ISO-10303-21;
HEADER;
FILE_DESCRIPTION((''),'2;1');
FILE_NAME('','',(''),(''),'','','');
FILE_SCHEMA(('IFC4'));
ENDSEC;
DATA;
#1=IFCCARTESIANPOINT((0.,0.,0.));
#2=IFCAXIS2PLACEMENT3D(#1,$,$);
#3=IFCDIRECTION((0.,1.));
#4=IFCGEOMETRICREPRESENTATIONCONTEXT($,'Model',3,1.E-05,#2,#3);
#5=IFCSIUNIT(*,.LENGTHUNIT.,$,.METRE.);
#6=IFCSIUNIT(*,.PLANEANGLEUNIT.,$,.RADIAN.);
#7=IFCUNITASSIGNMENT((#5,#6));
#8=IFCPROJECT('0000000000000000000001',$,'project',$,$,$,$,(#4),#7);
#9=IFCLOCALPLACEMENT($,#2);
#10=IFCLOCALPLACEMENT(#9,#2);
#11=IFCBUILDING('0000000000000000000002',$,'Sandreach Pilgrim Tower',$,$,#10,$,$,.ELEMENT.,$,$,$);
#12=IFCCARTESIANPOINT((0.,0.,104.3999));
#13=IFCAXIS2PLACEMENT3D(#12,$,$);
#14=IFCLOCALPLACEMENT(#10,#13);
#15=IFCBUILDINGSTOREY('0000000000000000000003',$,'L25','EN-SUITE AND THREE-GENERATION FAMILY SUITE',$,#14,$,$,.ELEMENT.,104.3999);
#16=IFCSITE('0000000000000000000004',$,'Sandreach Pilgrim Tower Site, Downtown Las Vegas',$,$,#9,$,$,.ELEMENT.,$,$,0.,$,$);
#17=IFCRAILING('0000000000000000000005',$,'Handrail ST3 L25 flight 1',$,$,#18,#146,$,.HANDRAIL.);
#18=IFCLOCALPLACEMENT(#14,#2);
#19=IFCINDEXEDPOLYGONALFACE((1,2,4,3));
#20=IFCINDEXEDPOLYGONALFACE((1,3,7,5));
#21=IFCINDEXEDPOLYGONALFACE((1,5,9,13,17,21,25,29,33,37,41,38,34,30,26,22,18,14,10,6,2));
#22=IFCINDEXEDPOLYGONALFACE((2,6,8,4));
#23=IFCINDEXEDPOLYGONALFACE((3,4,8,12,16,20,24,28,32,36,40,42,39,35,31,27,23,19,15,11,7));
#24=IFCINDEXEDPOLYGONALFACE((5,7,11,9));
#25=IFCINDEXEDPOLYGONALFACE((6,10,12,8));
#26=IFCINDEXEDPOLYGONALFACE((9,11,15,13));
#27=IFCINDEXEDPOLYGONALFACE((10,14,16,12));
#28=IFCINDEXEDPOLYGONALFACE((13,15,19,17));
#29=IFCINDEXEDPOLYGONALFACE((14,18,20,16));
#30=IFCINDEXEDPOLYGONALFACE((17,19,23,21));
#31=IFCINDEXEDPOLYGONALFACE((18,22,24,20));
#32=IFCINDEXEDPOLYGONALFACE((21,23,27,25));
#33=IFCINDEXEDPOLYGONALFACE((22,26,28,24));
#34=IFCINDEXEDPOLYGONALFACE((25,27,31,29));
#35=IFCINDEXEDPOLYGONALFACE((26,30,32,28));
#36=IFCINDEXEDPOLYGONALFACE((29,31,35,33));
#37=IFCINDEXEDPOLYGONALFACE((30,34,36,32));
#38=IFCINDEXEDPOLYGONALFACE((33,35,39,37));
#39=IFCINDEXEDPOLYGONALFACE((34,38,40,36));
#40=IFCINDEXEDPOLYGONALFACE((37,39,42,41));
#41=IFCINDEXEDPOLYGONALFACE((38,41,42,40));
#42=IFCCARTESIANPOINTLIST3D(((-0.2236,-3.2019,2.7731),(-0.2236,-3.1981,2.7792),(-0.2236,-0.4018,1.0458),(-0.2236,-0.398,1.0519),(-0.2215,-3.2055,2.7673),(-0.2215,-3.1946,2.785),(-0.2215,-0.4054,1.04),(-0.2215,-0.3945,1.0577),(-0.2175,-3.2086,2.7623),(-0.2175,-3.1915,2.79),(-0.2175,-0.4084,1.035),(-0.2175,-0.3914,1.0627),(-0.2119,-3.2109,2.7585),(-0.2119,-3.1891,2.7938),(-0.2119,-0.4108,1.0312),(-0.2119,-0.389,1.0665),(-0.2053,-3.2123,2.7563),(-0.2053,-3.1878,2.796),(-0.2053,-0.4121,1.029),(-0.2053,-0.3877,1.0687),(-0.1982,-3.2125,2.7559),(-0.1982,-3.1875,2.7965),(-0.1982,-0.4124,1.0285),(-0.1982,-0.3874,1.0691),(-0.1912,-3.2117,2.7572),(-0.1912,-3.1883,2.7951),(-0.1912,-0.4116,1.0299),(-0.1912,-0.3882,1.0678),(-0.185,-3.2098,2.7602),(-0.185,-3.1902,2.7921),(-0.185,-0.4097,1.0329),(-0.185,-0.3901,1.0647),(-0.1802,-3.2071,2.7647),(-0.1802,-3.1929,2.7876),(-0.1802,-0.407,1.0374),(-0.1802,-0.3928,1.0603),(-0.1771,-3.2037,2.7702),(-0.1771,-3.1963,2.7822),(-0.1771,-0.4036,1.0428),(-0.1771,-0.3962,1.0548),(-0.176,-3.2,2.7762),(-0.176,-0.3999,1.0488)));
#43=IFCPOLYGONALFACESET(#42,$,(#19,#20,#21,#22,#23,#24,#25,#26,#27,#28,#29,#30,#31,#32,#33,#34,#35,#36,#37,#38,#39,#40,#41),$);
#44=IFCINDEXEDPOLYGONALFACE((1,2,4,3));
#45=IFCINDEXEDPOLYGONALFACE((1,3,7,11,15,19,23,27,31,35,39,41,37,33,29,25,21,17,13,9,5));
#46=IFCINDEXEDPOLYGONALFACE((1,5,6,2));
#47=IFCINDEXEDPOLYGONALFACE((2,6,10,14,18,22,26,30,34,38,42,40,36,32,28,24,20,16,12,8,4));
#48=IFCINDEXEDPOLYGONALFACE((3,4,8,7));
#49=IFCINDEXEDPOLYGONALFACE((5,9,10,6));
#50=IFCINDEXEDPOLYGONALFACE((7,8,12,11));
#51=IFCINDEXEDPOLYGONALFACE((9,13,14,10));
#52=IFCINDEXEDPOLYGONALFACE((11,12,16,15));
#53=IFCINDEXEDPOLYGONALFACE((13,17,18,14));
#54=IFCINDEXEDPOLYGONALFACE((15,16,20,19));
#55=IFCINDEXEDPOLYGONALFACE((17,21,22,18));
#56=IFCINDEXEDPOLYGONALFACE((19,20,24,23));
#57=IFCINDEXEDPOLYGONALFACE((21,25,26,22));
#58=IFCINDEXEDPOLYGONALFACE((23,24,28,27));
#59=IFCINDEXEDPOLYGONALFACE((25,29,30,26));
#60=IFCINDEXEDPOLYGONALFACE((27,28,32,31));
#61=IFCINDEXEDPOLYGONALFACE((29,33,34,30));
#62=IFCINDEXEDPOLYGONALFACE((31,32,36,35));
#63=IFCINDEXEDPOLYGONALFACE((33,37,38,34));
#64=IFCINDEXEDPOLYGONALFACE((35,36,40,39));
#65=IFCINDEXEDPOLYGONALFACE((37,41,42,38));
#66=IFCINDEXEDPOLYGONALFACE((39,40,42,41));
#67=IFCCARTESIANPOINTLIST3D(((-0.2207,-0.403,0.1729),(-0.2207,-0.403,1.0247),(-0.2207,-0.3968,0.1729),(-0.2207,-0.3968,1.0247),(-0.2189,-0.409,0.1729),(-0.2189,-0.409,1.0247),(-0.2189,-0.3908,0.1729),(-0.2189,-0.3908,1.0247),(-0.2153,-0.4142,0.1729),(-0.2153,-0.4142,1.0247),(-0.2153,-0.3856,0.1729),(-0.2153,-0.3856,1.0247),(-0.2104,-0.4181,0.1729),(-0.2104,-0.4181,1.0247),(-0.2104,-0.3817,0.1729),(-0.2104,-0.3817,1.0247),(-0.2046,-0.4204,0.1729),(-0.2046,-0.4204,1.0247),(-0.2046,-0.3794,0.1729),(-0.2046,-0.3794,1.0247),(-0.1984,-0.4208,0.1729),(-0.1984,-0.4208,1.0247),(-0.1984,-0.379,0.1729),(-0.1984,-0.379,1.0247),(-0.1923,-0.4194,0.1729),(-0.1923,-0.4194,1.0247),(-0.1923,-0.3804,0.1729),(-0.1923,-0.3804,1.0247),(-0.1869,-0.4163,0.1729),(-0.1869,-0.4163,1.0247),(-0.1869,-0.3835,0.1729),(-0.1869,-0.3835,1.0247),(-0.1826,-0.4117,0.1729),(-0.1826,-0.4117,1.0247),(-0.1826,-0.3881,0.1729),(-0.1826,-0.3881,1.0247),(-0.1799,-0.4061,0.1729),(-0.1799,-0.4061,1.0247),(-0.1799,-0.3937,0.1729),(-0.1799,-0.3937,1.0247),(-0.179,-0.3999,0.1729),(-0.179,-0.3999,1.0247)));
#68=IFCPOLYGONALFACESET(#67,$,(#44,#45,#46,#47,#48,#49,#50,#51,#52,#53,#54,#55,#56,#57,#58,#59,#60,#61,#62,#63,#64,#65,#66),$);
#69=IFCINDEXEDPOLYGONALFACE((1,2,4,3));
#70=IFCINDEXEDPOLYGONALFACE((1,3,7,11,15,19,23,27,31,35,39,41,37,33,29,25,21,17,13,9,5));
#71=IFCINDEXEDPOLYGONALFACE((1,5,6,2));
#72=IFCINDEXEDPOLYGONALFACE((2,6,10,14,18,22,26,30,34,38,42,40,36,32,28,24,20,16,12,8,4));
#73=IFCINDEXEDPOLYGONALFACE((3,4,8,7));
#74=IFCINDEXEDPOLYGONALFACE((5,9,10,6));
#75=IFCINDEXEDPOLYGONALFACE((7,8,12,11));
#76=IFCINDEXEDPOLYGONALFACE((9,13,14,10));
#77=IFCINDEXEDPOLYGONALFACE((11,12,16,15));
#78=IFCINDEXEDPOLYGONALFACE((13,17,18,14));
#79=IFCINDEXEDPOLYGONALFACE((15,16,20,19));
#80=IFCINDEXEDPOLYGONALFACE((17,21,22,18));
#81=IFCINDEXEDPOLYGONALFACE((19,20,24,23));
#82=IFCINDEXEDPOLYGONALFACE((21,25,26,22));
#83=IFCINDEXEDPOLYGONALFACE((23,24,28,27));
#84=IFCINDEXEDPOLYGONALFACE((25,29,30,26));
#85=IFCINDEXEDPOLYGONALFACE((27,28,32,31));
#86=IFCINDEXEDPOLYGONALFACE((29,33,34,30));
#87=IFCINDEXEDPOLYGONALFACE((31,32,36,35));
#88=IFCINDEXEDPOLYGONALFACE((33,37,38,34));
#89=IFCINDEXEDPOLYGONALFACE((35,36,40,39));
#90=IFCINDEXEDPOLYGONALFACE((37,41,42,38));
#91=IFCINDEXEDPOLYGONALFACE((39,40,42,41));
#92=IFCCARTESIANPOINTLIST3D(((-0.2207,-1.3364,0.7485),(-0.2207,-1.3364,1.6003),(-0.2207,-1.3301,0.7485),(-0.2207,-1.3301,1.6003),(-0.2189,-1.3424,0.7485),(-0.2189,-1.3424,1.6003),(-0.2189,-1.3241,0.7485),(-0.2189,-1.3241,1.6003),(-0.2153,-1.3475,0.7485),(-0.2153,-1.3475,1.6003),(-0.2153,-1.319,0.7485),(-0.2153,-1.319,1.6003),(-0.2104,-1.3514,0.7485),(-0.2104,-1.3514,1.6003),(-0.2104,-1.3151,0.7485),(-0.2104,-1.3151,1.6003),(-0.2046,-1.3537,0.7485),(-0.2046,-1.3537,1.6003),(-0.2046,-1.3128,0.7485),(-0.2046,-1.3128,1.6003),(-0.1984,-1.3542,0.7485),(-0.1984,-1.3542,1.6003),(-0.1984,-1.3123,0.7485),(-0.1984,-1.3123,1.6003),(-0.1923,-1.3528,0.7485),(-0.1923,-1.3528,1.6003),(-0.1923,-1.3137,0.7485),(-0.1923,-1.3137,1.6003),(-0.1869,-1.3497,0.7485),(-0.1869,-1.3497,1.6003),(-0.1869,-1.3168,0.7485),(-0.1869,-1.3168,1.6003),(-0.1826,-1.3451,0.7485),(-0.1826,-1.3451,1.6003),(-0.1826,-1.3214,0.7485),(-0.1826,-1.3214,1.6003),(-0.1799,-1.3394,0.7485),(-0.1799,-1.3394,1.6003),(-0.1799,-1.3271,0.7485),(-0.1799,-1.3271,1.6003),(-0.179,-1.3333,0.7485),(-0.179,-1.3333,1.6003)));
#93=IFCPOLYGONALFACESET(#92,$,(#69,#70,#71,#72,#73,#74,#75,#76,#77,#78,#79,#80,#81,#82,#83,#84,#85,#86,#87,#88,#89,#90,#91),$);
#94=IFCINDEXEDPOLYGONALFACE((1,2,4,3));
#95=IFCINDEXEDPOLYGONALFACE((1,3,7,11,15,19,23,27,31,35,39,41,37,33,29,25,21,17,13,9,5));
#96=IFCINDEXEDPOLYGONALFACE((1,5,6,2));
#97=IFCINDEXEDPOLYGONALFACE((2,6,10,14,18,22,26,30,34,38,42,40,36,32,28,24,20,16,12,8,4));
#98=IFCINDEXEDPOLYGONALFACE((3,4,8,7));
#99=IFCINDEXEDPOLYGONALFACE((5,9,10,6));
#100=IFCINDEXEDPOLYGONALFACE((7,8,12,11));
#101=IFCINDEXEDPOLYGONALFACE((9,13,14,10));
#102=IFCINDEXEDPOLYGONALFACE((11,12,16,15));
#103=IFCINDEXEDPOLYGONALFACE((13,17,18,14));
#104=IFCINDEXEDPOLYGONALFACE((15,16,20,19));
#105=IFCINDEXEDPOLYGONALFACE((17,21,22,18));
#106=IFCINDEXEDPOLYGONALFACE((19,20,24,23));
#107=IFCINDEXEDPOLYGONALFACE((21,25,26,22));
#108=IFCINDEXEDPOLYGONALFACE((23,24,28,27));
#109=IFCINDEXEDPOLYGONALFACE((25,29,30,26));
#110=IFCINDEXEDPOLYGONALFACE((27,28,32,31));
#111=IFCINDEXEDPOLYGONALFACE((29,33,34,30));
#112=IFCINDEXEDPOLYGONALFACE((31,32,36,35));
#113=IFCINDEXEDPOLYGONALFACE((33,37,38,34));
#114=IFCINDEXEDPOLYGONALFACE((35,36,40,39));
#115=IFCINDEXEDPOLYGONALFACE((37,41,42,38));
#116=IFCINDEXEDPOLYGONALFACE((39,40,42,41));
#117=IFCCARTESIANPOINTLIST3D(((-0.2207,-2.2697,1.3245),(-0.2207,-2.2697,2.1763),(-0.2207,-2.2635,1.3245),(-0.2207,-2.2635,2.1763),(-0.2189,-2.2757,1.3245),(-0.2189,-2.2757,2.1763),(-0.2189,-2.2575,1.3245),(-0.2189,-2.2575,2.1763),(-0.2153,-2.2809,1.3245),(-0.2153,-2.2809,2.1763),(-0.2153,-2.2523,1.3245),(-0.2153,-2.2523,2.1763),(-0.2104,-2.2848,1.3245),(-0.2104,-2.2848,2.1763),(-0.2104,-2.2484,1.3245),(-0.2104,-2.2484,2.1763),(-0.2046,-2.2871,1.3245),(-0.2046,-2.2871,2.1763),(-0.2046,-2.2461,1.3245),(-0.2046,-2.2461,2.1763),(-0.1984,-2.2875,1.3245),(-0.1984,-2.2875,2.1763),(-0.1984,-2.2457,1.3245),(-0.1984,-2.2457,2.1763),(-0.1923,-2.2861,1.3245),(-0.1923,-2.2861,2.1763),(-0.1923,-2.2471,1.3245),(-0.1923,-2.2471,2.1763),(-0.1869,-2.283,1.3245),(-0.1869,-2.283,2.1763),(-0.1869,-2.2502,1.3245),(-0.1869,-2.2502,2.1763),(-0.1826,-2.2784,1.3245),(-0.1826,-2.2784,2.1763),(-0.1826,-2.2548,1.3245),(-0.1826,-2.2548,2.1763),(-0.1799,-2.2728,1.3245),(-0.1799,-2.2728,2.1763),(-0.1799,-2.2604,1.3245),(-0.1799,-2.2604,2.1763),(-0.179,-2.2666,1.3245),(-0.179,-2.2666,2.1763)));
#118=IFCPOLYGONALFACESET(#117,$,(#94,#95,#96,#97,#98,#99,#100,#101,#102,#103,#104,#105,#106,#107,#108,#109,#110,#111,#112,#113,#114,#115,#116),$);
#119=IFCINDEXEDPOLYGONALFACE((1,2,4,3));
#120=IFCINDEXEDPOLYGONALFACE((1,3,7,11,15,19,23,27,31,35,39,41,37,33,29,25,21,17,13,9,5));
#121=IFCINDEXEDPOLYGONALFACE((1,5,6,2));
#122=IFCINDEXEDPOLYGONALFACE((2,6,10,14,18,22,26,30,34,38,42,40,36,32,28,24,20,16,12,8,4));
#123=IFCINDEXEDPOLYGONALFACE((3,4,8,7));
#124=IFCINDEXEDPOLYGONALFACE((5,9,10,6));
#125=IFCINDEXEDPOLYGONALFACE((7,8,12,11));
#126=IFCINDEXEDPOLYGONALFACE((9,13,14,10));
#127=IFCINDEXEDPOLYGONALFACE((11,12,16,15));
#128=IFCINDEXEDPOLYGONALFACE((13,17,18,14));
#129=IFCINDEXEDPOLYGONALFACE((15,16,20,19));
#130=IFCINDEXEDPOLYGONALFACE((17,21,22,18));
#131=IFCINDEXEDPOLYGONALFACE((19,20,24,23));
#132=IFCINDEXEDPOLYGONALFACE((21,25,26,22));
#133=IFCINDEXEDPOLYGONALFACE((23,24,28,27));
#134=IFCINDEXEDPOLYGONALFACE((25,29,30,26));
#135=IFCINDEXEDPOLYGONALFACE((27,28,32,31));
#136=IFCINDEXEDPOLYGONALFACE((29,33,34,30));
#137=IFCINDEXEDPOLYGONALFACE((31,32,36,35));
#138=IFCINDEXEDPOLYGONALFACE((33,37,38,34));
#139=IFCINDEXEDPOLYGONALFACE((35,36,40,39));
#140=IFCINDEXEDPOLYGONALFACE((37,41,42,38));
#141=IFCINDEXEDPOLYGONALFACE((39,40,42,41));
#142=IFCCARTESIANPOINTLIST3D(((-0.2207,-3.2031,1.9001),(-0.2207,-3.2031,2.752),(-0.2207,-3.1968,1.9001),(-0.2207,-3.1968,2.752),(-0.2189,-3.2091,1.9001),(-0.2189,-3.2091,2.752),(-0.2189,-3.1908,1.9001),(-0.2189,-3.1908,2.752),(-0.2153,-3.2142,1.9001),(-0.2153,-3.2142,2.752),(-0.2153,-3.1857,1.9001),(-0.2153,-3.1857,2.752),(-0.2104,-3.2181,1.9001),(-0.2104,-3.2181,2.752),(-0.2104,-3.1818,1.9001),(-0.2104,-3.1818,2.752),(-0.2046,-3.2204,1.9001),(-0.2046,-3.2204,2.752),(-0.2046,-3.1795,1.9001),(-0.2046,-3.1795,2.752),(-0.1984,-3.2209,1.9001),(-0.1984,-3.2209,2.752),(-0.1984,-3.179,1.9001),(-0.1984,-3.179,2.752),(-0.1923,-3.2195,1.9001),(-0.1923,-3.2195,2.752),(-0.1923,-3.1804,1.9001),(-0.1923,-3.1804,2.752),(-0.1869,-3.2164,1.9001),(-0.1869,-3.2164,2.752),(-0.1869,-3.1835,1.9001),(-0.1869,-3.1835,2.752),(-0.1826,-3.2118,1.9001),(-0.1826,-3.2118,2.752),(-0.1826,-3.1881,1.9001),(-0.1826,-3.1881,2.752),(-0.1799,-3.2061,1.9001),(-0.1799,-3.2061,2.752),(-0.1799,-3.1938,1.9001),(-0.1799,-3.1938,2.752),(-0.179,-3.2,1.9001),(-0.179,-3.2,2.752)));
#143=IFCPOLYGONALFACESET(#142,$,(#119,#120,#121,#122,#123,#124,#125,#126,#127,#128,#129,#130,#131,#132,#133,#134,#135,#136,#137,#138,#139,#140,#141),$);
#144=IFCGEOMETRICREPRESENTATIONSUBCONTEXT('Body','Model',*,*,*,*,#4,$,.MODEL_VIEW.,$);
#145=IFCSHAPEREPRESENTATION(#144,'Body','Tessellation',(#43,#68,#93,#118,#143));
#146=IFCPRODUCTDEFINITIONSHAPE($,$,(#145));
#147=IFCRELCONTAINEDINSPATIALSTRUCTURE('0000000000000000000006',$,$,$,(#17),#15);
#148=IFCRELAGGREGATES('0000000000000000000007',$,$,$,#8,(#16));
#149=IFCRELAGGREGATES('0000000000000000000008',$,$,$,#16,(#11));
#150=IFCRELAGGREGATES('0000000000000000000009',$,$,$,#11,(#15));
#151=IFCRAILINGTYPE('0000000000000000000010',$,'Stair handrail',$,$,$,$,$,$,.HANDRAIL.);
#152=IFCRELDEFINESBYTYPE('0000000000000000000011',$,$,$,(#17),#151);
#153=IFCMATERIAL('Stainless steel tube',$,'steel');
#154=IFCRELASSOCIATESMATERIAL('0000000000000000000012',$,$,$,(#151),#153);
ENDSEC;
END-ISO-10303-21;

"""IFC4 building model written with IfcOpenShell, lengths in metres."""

from ifc_helpers import new_model, si_unit, direction, frame, origin, origin_2d, place, context, subcontext, project, spatial, circle, extrude, material, type_object, element, save


model = new_model("IFC4")

# Units and contexts
model_context = context("Model", 3, precision=1e-05, world=origin(), true_north=direction((0.0, 1.0)))
body_context = subcontext(model_context, "Body", "Model", "MODEL_VIEW")
ifc_project = project(units=[si_unit("LENGTHUNIT", "METRE"), si_unit("PLANEANGLEUNIT", "RADIAN")], contexts=[model_context])

# Site, building, storey
site_placement = place(None, origin())
site = spatial("IfcSite", under=ifc_project, at=site_placement, Name="Sandreach Pilgrim Tower Site, Downtown Las Vegas", CompositionType="ELEMENT", RefElevation=0.0)
building_placement = place(site_placement, origin())
building = spatial("IfcBuilding", under=site, at=building_placement, Name="Sandreach Pilgrim Tower", CompositionType="ELEMENT")
storey_placement = place(building_placement, frame((0.0, 0.0, 104.3999)))
storey = spatial("IfcBuildingStorey", under=building, at=storey_placement, Name="L25", Description="EN-SUITE AND THREE-GENERATION FAMILY SUITE", CompositionType="ELEMENT", Elevation=104.3999)

# Railing
ifc_material_1 = material(Name="Stainless steel tube", Category="steel")
railing_type = type_object("IfcRailingType", Name="Stair handrail", PredefinedType="HANDRAIL", material=ifc_material_1)
for number, where, name in (
    (1, (-0.2, -0.3999, 0.1729), "Handrail ST3 L25 flight 1"),
):
    element("IfcRailing", number, at=place(storey_placement, frame(where)), inside=storey, type_object=railing_type, Name=name, PredefinedType="HANDRAIL", context=body_context, shape_type="SweptSolid", body=[
        extrude(circle(Radius=0.0239, at=origin_2d()), frame((0.0, 0.0, 0.876), z_axis=(0.0, -0.85109, 0.52502), x_axis=(1.0, 0.0, 0.0)), (0.0, 0.0, 1.0), 3.29),
        extrude(circle(Radius=0.021, at=origin_2d()), origin(), (0.0, 0.0, 1.0), 0.8518),
        extrude(circle(Radius=0.021, at=origin_2d()), frame((0.0, -0.9333, 0.5757)), (0.0, 0.0, 1.0), 0.8518),
        extrude(circle(Radius=0.021, at=origin_2d()), frame((0.0, -1.8667, 1.1516)), (0.0, 0.0, 1.0), 0.8518),
        extrude(circle(Radius=0.021, at=origin_2d()), frame((0.0, -2.8, 1.7273)), (0.0, 0.0, 1.0), 0.8518),
    ])

save(model, "model.ifc")
